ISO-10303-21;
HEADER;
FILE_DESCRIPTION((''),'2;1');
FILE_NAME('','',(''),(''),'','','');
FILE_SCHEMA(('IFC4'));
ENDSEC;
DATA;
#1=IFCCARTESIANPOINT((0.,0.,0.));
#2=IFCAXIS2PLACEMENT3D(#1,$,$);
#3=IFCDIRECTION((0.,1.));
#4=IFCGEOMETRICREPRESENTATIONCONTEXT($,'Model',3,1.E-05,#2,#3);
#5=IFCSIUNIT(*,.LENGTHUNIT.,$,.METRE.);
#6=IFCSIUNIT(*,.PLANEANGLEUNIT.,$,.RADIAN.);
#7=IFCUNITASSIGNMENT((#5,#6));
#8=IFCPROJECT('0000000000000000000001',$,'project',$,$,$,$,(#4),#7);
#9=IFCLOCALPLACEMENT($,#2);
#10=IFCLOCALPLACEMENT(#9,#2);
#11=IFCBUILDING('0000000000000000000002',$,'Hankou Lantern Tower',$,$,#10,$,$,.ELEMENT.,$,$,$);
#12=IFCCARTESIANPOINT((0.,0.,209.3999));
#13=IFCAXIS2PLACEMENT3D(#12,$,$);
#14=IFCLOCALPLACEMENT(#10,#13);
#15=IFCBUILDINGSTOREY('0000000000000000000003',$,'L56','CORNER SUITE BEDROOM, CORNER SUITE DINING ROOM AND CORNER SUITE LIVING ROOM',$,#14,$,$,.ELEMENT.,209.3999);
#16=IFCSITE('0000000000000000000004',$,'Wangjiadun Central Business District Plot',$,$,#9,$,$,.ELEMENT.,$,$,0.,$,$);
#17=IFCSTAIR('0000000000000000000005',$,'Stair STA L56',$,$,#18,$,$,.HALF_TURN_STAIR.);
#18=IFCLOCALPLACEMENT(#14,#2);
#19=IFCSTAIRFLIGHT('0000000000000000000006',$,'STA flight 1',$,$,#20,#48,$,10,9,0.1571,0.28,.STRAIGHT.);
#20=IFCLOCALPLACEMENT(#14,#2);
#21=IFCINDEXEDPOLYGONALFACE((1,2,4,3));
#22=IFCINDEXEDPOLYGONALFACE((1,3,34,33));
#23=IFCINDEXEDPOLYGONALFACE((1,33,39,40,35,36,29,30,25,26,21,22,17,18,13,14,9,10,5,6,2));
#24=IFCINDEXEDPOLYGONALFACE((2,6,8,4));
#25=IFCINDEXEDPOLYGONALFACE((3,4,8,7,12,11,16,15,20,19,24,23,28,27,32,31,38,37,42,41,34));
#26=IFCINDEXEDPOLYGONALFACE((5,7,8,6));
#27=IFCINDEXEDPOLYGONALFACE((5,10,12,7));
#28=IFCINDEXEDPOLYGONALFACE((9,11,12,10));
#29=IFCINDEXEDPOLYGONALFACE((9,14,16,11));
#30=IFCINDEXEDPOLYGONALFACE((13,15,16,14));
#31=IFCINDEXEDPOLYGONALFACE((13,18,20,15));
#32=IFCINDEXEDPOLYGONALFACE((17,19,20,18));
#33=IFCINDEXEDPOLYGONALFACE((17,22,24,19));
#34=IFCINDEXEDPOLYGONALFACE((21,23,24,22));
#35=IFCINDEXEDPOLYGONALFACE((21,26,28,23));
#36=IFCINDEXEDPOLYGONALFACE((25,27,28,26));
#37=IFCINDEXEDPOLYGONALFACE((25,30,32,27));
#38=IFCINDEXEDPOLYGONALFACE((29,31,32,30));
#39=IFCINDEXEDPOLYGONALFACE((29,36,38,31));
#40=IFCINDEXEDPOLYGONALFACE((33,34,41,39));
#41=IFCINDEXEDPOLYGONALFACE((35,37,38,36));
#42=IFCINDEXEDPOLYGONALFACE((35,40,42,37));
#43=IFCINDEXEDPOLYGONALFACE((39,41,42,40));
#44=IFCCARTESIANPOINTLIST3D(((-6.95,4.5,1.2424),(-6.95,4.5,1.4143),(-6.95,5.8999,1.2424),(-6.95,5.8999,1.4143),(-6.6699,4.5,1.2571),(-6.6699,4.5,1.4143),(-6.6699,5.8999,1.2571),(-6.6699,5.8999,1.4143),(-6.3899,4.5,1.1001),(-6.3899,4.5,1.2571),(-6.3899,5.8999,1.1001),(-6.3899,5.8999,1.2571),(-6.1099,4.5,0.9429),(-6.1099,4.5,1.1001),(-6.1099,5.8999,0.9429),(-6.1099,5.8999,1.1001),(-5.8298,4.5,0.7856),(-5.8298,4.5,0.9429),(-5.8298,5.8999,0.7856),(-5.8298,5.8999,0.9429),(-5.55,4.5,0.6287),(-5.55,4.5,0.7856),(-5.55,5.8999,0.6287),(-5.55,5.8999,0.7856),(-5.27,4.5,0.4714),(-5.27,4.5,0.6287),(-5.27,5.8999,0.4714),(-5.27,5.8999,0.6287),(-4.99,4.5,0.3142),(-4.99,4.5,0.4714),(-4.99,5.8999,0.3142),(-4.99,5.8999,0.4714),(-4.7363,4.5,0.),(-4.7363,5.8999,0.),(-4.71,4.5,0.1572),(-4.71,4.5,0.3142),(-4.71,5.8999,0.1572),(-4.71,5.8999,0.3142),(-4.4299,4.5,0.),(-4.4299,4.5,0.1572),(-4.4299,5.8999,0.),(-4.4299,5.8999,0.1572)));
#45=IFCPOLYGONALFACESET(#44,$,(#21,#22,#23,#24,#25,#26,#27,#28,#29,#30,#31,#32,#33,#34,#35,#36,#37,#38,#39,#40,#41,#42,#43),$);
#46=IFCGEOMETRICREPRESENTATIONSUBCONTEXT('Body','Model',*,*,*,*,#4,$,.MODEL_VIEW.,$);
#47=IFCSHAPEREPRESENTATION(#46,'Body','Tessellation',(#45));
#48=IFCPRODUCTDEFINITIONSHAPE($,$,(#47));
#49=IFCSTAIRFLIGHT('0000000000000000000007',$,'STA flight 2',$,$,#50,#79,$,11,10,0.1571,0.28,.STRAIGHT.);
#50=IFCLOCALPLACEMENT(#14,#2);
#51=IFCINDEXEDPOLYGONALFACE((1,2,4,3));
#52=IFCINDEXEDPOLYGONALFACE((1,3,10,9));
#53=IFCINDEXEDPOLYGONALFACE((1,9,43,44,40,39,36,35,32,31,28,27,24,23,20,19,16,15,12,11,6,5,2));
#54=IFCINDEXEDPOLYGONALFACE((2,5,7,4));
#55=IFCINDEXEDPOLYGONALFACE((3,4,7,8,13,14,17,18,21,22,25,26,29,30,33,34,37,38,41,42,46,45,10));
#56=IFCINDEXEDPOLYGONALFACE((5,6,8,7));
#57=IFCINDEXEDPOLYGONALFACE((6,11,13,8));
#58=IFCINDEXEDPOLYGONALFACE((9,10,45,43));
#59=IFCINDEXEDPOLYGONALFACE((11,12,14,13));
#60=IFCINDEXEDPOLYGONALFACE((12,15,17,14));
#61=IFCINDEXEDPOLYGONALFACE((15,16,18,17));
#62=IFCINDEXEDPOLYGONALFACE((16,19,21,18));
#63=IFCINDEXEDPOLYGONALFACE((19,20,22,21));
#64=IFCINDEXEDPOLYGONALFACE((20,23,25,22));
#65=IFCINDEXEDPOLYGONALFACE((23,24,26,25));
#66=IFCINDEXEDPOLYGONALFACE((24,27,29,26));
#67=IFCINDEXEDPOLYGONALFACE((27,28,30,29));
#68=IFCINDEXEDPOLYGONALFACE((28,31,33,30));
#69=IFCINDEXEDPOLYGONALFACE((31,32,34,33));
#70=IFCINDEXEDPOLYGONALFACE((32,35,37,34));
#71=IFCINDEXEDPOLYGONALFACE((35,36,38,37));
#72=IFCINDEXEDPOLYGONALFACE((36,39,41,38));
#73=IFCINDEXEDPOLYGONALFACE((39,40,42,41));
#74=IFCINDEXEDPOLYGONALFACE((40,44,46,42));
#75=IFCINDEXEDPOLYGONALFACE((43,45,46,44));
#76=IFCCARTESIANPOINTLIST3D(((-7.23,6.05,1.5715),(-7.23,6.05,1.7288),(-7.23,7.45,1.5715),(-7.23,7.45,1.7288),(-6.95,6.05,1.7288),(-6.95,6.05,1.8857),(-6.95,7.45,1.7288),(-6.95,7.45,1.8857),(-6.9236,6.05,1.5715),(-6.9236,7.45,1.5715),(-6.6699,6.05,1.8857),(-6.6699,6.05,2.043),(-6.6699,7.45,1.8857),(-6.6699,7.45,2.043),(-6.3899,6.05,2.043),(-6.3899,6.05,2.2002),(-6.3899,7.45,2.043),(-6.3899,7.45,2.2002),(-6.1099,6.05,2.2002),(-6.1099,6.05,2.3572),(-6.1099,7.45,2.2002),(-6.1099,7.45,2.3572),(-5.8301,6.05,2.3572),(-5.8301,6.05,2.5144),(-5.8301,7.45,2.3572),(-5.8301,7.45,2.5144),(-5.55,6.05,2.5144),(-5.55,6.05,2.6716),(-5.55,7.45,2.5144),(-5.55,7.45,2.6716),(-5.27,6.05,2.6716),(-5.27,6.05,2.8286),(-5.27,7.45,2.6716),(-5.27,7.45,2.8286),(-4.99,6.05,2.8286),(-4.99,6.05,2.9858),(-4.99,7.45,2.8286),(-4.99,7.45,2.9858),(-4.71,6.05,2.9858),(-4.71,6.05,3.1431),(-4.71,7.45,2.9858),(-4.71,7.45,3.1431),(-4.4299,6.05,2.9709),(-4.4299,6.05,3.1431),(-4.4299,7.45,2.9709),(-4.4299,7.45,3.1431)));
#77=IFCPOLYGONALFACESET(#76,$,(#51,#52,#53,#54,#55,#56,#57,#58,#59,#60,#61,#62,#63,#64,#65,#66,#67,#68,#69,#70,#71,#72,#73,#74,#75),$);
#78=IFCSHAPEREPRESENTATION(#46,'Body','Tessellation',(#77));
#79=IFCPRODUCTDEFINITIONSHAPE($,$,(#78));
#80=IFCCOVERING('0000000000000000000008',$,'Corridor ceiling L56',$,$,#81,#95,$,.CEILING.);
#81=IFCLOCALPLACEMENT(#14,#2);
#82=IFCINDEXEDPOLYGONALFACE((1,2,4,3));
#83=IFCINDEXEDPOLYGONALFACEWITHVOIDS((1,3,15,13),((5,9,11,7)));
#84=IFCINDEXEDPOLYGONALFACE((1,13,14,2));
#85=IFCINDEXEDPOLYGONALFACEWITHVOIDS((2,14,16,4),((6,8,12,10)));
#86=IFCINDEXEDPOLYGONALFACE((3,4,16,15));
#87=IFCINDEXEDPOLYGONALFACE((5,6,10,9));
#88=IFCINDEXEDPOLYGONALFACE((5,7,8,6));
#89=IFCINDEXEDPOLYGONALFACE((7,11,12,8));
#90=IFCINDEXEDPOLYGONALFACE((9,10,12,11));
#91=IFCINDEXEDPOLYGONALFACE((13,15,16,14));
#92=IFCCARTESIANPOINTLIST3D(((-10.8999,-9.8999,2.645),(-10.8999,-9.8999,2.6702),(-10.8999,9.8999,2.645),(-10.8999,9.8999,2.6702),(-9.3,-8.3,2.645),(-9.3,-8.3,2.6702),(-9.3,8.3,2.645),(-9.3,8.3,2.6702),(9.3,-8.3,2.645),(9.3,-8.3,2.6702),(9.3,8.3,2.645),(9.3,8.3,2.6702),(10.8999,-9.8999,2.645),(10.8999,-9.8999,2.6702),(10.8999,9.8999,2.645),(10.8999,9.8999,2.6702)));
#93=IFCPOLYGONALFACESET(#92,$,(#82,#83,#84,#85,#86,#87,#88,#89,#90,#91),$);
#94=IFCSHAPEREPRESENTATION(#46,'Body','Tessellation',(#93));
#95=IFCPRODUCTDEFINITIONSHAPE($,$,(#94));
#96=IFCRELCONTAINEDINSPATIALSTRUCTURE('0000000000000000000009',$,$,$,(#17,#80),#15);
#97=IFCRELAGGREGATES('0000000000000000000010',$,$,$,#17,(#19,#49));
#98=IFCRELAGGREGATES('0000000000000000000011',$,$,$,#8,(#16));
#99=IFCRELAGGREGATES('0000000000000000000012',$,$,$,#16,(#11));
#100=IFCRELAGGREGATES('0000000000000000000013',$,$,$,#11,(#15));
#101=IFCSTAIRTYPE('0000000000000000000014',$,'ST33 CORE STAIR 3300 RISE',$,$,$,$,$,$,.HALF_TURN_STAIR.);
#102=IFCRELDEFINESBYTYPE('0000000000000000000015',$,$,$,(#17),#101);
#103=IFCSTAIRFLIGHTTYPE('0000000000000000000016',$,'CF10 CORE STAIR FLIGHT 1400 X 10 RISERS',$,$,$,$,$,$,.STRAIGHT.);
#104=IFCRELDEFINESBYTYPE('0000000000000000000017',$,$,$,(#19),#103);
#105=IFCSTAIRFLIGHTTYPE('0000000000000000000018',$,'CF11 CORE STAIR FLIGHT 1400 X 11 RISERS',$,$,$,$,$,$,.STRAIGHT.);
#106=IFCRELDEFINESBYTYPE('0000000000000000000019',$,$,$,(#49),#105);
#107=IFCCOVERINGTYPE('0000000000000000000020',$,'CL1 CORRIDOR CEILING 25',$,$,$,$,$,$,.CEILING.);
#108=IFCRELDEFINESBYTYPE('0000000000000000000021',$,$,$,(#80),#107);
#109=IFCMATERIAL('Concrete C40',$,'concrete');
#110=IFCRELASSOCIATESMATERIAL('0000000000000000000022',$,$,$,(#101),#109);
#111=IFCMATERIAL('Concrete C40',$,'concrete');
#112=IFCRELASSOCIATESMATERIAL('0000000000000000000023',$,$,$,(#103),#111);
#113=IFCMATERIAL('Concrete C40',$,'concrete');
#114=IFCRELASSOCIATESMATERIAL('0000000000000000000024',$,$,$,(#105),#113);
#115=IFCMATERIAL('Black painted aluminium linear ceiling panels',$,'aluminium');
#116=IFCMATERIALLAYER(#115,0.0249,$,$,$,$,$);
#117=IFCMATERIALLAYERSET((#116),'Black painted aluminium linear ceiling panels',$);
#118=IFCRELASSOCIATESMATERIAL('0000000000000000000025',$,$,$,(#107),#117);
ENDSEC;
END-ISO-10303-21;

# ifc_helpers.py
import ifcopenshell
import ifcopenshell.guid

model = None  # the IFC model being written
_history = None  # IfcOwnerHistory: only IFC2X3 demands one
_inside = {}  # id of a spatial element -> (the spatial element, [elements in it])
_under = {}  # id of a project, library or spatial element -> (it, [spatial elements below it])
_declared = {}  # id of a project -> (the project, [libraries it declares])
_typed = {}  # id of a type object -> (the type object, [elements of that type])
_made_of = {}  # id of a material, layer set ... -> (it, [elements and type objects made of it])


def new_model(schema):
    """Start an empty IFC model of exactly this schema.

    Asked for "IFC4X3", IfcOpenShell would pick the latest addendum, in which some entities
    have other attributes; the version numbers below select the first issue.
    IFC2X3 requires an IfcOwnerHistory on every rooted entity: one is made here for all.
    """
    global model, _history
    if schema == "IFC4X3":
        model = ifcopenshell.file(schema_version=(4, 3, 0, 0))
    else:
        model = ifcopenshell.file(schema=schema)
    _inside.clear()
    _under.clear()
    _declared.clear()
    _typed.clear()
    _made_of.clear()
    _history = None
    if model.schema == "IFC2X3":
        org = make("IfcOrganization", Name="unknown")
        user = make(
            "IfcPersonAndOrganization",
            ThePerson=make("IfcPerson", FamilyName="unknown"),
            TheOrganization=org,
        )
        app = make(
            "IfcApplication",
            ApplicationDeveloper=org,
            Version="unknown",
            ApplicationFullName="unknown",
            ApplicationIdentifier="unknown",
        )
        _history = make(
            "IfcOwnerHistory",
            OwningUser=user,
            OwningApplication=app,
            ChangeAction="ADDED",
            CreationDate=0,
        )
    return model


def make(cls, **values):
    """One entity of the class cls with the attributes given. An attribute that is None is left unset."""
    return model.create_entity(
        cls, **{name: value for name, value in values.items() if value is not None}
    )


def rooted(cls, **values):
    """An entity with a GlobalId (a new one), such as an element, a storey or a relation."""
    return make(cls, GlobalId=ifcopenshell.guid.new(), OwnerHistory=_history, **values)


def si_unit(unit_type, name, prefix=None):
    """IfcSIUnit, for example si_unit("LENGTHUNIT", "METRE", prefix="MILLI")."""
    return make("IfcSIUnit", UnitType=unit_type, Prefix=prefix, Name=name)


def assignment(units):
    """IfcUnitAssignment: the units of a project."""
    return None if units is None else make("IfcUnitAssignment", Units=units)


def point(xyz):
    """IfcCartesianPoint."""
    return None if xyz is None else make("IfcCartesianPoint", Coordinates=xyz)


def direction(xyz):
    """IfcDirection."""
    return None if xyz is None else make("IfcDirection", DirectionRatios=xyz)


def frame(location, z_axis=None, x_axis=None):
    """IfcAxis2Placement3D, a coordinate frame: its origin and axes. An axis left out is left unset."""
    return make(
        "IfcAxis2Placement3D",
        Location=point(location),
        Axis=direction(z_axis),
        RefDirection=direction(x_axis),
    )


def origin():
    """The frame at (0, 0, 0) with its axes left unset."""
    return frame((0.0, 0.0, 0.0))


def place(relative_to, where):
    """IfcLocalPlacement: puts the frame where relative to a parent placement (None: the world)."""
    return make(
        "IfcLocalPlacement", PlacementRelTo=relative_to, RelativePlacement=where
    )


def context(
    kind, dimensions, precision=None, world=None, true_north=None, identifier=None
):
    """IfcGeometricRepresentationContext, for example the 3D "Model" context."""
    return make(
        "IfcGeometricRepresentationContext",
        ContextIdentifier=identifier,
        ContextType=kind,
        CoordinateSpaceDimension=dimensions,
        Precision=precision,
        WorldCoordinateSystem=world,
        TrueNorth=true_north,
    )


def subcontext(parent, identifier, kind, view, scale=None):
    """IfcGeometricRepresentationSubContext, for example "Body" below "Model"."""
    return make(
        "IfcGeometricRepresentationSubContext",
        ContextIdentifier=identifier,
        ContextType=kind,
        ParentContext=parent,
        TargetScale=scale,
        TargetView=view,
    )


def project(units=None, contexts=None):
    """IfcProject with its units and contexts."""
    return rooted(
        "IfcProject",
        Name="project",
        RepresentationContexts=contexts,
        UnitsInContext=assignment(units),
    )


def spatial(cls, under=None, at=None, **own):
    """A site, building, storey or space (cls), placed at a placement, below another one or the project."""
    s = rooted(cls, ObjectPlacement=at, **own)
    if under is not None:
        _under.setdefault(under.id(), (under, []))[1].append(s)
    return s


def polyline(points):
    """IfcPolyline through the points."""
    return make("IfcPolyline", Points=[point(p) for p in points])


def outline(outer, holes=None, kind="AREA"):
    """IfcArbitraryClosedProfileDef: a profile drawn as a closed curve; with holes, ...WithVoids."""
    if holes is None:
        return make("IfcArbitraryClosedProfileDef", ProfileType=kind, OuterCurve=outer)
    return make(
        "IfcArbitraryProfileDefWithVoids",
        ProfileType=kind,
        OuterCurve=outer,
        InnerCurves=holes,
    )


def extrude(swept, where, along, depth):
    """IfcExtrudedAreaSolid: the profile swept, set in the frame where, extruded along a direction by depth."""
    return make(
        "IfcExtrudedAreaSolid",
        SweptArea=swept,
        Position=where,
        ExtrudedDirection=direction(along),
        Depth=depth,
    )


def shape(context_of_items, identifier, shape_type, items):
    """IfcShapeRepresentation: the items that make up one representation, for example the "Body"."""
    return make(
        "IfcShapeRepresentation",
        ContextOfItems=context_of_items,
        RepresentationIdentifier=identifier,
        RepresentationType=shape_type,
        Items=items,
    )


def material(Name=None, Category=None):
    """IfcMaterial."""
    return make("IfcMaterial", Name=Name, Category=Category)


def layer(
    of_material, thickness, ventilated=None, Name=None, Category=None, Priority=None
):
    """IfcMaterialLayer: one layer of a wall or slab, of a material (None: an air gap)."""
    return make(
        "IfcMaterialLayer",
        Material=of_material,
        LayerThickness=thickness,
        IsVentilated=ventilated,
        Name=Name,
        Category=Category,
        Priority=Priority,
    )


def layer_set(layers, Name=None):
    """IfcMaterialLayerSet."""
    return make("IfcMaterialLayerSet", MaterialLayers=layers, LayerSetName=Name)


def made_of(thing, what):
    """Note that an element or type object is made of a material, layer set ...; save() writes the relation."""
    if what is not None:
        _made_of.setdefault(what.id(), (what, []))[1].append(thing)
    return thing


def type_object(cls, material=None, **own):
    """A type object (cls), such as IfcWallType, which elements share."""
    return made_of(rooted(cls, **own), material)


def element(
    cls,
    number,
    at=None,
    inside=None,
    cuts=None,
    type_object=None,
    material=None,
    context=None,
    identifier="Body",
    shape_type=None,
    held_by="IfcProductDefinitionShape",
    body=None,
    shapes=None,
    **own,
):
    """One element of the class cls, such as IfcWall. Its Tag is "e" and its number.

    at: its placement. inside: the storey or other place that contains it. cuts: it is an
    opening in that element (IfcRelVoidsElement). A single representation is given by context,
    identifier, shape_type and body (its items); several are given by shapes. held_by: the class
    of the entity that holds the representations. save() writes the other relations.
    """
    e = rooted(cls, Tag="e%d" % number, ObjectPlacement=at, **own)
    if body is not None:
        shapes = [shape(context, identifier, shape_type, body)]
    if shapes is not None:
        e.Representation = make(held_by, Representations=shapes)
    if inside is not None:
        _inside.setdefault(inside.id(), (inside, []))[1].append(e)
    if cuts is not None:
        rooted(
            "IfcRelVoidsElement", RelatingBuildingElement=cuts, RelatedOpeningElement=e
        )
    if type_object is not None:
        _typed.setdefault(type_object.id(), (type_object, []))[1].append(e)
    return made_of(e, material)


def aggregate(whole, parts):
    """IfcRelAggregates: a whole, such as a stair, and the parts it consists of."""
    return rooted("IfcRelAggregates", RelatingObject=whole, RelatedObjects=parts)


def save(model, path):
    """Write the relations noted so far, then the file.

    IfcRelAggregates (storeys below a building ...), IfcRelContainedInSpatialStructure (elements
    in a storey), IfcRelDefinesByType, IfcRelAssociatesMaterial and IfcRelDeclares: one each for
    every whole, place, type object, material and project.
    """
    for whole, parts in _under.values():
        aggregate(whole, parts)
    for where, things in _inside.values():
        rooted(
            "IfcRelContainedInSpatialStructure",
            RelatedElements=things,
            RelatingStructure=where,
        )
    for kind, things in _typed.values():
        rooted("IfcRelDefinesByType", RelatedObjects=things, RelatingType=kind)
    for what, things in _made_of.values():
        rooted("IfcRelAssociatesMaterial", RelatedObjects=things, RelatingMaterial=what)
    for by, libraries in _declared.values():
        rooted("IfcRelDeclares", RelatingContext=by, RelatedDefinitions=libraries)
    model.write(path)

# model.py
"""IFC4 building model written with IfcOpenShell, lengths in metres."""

from ifc_helpers import new_model, si_unit, direction, frame, origin, place, context, subcontext, project, spatial, polyline, outline, extrude, material, layer, layer_set, type_object, element, aggregate, save


model = new_model("IFC4")

# Units and contexts
model_context = context("Model", 3, precision=1e-05, world=origin(), true_north=direction((0.0, 1.0)))
body_context = subcontext(model_context, "Body", "Model", "MODEL_VIEW")
ifc_project = project(units=[si_unit("LENGTHUNIT", "METRE"), si_unit("PLANEANGLEUNIT", "RADIAN")], contexts=[model_context])

# Site, building, storey
site_placement = place(None, origin())
site = spatial("IfcSite", under=ifc_project, at=site_placement, Name="Wangjiadun Central Business District Plot", CompositionType="ELEMENT", RefElevation=0.0)
building_placement = place(site_placement, origin())
building = spatial("IfcBuilding", under=site, at=building_placement, Name="Hankou Lantern Tower", CompositionType="ELEMENT")
storey_placement = place(building_placement, frame((0.0, 0.0, 209.3999)))
storey = spatial("IfcBuildingStorey", under=building, at=storey_placement, Name="L56", Description="CORNER SUITE BEDROOM, CORNER SUITE DINING ROOM AND CORNER SUITE LIVING ROOM", CompositionType="ELEMENT", Elevation=209.3999)

# Stair, stair flights
ifc_material_1 = material(Name="Concrete C40", Category="concrete")
stair_type = type_object("IfcStairType", Name="ST33 CORE STAIR 3300 RISE", PredefinedType="HALF_TURN_STAIR", material=ifc_material_1)
stair_placement = place(storey_placement, origin())
stair = element("IfcStair", 1, at=stair_placement, inside=storey, type_object=stair_type, Name="Stair STA L56", PredefinedType="HALF_TURN_STAIR")
ifc_material_2 = material(Name="Concrete C40", Category="concrete")
stair_flight_type_1 = type_object("IfcStairFlightType", Name="CF10 CORE STAIR FLIGHT 1400 X 10 RISERS", PredefinedType="STRAIGHT", material=ifc_material_2)
stair_flight_1_placement = place(storey_placement, frame((-4.4299, 5.2, 0.0), z_axis=(0.0, 0.0, 1.0), x_axis=(-1.0, 0.0, 0.0)))
stair_flight_1 = element("IfcStairFlight", 2, at=stair_flight_1_placement, type_object=stair_flight_type_1, Name="STA flight 1", NumberOfRisers=10, NumberOfTreads=9, PredefinedType="STRAIGHT", RiserHeight=0.1571, TreadLength=0.28, context=body_context, shape_type="SweptSolid", body=[
    extrude(outline(polyline([(0.0, 0.0), (0.0, 0.1572), (0.28, 0.1572), (0.28, 0.3142), (0.5601, 0.3142), (0.5601, 0.4714), (0.8401, 0.4714), (0.8401, 0.6287), (1.1201, 0.6287), (1.1201, 0.7856), (1.3999, 0.7856), (1.3999, 0.9429), (1.6799, 0.9429), (1.6799, 1.1001), (1.96, 1.1001), (1.96, 1.2571), (2.24, 1.2571), (2.24, 1.4143), (2.52, 1.4143), (2.52, 1.5715), (2.52, 1.2424), (0.3064, 0.0), (0.0, 0.0)])), frame((0.0, 0.7, 0.0), z_axis=(0.0, -1.0, 0.0), x_axis=(1.0, 0.0, 0.0)), (0.0, 0.0, 1.0), 1.3999),
])
ifc_material_3 = material(Name="Concrete C40", Category="concrete")
stair_flight_type_2 = type_object("IfcStairFlightType", Name="CF11 CORE STAIR FLIGHT 1400 X 11 RISERS", PredefinedType="STRAIGHT", material=ifc_material_3)
stair_flight_2_placement = place(storey_placement, frame((-7.23, 6.75, 1.5715), z_axis=(0.0, 0.0, 1.0), x_axis=(1.0, 0.0, 0.0)))
stair_flight_2 = element("IfcStairFlight", 3, at=stair_flight_2_placement, type_object=stair_flight_type_2, Name="STA flight 2", NumberOfRisers=11, NumberOfTreads=10, PredefinedType="STRAIGHT", RiserHeight=0.1571, TreadLength=0.28, context=body_context, shape_type="SweptSolid", body=[
    extrude(outline(polyline([(0.0, 0.0), (0.0, 0.1572), (0.28, 0.1572), (0.28, 0.3142), (0.5601, 0.3142), (0.5601, 0.4714), (0.8401, 0.4714), (0.8401, 0.6287), (1.1201, 0.6287), (1.1201, 0.7856), (1.3999, 0.7856), (1.3999, 0.9429), (1.6799, 0.9429), (1.6799, 1.1001), (1.96, 1.1001), (1.96, 1.2571), (2.24, 1.2571), (2.24, 1.4143), (2.52, 1.4143), (2.52, 1.5715), (2.8, 1.5715), (2.8, 1.7285), (2.8, 1.3994), (0.3064, 0.0), (0.0, 0.0)])), frame((0.0, 0.7, 0.0), z_axis=(0.0, -1.0, 0.0), x_axis=(1.0, 0.0, 0.0)), (0.0, 0.0, 1.0), 1.3999),
])
aggregate(stair, [stair_flight_1, stair_flight_2])

# Covering
ifc_material_4 = material(Name="Black painted aluminium linear ceiling panels", Category="aluminium")
ifc_layer_1 = layer(ifc_material_4, 0.0249)
ifc_layer_set_1 = layer_set([ifc_layer_1], Name="Black painted aluminium linear ceiling panels")
covering_type = type_object("IfcCoveringType", Name="CL1 CORRIDOR CEILING 25", PredefinedType="CEILING", material=ifc_layer_set_1)
covering_placement = place(storey_placement, frame((0.0, 0.0, 2.645)))
element("IfcCovering", 4, at=covering_placement, inside=storey, type_object=covering_type, Name="Corridor ceiling L56", PredefinedType="CEILING", context=body_context, shape_type="SweptSolid", body=[
    extrude(outline(polyline([(-10.8999, -9.8999), (10.8999, -9.8999), (10.8999, 9.8999), (-10.8999, 9.8999), (-10.8999, -9.8999)]), holes=[polyline([(-9.3, 8.3), (9.3, 8.3), (9.3, -8.3), (-9.3, -8.3), (-9.3, 8.3)])]), origin(), (0.0, 0.0, 1.0), 0.0251),
])

save(model, "model.ifc")
